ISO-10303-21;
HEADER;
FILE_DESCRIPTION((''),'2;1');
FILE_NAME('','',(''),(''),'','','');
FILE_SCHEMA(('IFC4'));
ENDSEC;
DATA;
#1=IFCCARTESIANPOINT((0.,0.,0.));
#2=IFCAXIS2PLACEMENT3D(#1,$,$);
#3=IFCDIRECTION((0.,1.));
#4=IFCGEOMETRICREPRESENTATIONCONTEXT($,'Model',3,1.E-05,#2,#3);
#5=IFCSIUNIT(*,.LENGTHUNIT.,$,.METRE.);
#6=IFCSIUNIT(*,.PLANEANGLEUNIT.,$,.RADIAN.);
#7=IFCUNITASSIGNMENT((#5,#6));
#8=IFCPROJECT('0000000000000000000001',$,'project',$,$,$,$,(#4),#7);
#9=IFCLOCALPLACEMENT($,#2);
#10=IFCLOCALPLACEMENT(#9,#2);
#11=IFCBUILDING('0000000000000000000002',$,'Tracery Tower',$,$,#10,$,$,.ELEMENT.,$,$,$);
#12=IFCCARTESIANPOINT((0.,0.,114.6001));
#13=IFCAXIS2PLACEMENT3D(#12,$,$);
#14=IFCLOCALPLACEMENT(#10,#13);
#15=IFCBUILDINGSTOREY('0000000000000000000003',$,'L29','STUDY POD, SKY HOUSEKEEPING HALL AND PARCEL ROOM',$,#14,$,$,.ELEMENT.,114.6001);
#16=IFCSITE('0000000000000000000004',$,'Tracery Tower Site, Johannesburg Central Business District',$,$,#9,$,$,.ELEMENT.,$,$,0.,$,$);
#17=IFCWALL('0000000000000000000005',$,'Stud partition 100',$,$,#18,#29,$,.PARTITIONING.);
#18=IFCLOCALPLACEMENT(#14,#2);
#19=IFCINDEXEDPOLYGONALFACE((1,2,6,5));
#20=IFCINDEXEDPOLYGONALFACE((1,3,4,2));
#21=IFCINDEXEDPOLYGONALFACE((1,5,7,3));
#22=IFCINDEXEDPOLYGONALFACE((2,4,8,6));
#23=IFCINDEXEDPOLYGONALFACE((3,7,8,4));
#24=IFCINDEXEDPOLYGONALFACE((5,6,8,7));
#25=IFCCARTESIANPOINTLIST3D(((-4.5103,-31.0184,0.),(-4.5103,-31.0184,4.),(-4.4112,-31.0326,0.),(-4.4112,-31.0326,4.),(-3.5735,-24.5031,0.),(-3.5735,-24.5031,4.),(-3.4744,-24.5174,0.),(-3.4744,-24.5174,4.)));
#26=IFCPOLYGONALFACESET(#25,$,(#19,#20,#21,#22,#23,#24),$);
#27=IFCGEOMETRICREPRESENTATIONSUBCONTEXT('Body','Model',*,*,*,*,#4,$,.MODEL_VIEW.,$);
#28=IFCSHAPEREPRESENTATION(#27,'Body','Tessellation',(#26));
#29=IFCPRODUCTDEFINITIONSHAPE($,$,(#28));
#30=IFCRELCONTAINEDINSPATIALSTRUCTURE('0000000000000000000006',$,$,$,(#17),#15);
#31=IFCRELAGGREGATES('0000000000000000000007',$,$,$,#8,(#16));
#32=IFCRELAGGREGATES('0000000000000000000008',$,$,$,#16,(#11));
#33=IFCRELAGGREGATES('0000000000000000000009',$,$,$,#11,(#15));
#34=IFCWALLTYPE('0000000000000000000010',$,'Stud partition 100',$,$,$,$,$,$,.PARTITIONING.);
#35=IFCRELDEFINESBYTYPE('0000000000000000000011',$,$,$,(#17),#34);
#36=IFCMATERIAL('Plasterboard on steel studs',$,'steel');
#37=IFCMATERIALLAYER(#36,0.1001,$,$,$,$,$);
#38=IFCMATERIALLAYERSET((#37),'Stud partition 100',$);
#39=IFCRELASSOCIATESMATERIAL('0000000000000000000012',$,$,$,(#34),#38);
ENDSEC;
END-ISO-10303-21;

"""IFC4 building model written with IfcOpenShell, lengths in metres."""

from ifc_helpers import new_model, si_unit, direction, frame, frame_2d, origin, place, context, subcontext, project, spatial, rectangle, extrude, material, layer, layer_set, type_object, element, save


model = new_model("IFC4")

# Units and contexts
model_context = context("Model", 3, precision=1e-05, world=origin(), true_north=direction((0.0, 1.0)))
body_context = subcontext(model_context, "Body", "Model", "MODEL_VIEW")
ifc_project = project(units=[si_unit("LENGTHUNIT", "METRE"), si_unit("PLANEANGLEUNIT", "RADIAN")], contexts=[model_context])

# Site, building, storey
site_placement = place(None, origin())
site = spatial("IfcSite", under=ifc_project, at=site_placement, Name="Tracery Tower Site, Johannesburg Central Business District", CompositionType="ELEMENT", RefElevation=0.0)
building_placement = place(site_placement, origin())
building = spatial("IfcBuilding", under=site, at=building_placement, Name="Tracery Tower", CompositionType="ELEMENT")
storey_placement = place(building_placement, frame((0.0, 0.0, 114.6001)))
storey = spatial("IfcBuildingStorey", under=building, at=storey_placement, Name="L29", Description="STUDY POD, SKY HOUSEKEEPING HALL AND PARCEL ROOM", CompositionType="ELEMENT", Elevation=114.6001)

# Wall
ifc_material_1 = material(Name="Plasterboard on steel studs", Category="steel")
ifc_layer_1 = layer(ifc_material_1, 0.1001)
ifc_layer_set_1 = layer_set([ifc_layer_1], Name="Stud partition 100")
wall_type_1 = type_object("IfcWallType", Name="Stud partition 100", PredefinedType="PARTITIONING", material=ifc_layer_set_1)
wall_1_placement = place(storey_placement, frame((-4.4607, -31.0254, 0.0), z_axis=(0.0, 0.0, 1.0), x_axis=(0.142314, 0.989822, 0.0)))
element("IfcWall", 1, at=wall_1_placement, inside=storey, type_object=wall_type_1, Name="Stud partition 100", PredefinedType="PARTITIONING", context=body_context, shape_type="SweptSolid", body=[
    extrude(rectangle(XDim=6.5823, YDim=0.1001, at=frame_2d((3.291, 0.0))), origin(), (0.0, 0.0, 1.0), 4.0),
])

save(model, "model.ifc")
